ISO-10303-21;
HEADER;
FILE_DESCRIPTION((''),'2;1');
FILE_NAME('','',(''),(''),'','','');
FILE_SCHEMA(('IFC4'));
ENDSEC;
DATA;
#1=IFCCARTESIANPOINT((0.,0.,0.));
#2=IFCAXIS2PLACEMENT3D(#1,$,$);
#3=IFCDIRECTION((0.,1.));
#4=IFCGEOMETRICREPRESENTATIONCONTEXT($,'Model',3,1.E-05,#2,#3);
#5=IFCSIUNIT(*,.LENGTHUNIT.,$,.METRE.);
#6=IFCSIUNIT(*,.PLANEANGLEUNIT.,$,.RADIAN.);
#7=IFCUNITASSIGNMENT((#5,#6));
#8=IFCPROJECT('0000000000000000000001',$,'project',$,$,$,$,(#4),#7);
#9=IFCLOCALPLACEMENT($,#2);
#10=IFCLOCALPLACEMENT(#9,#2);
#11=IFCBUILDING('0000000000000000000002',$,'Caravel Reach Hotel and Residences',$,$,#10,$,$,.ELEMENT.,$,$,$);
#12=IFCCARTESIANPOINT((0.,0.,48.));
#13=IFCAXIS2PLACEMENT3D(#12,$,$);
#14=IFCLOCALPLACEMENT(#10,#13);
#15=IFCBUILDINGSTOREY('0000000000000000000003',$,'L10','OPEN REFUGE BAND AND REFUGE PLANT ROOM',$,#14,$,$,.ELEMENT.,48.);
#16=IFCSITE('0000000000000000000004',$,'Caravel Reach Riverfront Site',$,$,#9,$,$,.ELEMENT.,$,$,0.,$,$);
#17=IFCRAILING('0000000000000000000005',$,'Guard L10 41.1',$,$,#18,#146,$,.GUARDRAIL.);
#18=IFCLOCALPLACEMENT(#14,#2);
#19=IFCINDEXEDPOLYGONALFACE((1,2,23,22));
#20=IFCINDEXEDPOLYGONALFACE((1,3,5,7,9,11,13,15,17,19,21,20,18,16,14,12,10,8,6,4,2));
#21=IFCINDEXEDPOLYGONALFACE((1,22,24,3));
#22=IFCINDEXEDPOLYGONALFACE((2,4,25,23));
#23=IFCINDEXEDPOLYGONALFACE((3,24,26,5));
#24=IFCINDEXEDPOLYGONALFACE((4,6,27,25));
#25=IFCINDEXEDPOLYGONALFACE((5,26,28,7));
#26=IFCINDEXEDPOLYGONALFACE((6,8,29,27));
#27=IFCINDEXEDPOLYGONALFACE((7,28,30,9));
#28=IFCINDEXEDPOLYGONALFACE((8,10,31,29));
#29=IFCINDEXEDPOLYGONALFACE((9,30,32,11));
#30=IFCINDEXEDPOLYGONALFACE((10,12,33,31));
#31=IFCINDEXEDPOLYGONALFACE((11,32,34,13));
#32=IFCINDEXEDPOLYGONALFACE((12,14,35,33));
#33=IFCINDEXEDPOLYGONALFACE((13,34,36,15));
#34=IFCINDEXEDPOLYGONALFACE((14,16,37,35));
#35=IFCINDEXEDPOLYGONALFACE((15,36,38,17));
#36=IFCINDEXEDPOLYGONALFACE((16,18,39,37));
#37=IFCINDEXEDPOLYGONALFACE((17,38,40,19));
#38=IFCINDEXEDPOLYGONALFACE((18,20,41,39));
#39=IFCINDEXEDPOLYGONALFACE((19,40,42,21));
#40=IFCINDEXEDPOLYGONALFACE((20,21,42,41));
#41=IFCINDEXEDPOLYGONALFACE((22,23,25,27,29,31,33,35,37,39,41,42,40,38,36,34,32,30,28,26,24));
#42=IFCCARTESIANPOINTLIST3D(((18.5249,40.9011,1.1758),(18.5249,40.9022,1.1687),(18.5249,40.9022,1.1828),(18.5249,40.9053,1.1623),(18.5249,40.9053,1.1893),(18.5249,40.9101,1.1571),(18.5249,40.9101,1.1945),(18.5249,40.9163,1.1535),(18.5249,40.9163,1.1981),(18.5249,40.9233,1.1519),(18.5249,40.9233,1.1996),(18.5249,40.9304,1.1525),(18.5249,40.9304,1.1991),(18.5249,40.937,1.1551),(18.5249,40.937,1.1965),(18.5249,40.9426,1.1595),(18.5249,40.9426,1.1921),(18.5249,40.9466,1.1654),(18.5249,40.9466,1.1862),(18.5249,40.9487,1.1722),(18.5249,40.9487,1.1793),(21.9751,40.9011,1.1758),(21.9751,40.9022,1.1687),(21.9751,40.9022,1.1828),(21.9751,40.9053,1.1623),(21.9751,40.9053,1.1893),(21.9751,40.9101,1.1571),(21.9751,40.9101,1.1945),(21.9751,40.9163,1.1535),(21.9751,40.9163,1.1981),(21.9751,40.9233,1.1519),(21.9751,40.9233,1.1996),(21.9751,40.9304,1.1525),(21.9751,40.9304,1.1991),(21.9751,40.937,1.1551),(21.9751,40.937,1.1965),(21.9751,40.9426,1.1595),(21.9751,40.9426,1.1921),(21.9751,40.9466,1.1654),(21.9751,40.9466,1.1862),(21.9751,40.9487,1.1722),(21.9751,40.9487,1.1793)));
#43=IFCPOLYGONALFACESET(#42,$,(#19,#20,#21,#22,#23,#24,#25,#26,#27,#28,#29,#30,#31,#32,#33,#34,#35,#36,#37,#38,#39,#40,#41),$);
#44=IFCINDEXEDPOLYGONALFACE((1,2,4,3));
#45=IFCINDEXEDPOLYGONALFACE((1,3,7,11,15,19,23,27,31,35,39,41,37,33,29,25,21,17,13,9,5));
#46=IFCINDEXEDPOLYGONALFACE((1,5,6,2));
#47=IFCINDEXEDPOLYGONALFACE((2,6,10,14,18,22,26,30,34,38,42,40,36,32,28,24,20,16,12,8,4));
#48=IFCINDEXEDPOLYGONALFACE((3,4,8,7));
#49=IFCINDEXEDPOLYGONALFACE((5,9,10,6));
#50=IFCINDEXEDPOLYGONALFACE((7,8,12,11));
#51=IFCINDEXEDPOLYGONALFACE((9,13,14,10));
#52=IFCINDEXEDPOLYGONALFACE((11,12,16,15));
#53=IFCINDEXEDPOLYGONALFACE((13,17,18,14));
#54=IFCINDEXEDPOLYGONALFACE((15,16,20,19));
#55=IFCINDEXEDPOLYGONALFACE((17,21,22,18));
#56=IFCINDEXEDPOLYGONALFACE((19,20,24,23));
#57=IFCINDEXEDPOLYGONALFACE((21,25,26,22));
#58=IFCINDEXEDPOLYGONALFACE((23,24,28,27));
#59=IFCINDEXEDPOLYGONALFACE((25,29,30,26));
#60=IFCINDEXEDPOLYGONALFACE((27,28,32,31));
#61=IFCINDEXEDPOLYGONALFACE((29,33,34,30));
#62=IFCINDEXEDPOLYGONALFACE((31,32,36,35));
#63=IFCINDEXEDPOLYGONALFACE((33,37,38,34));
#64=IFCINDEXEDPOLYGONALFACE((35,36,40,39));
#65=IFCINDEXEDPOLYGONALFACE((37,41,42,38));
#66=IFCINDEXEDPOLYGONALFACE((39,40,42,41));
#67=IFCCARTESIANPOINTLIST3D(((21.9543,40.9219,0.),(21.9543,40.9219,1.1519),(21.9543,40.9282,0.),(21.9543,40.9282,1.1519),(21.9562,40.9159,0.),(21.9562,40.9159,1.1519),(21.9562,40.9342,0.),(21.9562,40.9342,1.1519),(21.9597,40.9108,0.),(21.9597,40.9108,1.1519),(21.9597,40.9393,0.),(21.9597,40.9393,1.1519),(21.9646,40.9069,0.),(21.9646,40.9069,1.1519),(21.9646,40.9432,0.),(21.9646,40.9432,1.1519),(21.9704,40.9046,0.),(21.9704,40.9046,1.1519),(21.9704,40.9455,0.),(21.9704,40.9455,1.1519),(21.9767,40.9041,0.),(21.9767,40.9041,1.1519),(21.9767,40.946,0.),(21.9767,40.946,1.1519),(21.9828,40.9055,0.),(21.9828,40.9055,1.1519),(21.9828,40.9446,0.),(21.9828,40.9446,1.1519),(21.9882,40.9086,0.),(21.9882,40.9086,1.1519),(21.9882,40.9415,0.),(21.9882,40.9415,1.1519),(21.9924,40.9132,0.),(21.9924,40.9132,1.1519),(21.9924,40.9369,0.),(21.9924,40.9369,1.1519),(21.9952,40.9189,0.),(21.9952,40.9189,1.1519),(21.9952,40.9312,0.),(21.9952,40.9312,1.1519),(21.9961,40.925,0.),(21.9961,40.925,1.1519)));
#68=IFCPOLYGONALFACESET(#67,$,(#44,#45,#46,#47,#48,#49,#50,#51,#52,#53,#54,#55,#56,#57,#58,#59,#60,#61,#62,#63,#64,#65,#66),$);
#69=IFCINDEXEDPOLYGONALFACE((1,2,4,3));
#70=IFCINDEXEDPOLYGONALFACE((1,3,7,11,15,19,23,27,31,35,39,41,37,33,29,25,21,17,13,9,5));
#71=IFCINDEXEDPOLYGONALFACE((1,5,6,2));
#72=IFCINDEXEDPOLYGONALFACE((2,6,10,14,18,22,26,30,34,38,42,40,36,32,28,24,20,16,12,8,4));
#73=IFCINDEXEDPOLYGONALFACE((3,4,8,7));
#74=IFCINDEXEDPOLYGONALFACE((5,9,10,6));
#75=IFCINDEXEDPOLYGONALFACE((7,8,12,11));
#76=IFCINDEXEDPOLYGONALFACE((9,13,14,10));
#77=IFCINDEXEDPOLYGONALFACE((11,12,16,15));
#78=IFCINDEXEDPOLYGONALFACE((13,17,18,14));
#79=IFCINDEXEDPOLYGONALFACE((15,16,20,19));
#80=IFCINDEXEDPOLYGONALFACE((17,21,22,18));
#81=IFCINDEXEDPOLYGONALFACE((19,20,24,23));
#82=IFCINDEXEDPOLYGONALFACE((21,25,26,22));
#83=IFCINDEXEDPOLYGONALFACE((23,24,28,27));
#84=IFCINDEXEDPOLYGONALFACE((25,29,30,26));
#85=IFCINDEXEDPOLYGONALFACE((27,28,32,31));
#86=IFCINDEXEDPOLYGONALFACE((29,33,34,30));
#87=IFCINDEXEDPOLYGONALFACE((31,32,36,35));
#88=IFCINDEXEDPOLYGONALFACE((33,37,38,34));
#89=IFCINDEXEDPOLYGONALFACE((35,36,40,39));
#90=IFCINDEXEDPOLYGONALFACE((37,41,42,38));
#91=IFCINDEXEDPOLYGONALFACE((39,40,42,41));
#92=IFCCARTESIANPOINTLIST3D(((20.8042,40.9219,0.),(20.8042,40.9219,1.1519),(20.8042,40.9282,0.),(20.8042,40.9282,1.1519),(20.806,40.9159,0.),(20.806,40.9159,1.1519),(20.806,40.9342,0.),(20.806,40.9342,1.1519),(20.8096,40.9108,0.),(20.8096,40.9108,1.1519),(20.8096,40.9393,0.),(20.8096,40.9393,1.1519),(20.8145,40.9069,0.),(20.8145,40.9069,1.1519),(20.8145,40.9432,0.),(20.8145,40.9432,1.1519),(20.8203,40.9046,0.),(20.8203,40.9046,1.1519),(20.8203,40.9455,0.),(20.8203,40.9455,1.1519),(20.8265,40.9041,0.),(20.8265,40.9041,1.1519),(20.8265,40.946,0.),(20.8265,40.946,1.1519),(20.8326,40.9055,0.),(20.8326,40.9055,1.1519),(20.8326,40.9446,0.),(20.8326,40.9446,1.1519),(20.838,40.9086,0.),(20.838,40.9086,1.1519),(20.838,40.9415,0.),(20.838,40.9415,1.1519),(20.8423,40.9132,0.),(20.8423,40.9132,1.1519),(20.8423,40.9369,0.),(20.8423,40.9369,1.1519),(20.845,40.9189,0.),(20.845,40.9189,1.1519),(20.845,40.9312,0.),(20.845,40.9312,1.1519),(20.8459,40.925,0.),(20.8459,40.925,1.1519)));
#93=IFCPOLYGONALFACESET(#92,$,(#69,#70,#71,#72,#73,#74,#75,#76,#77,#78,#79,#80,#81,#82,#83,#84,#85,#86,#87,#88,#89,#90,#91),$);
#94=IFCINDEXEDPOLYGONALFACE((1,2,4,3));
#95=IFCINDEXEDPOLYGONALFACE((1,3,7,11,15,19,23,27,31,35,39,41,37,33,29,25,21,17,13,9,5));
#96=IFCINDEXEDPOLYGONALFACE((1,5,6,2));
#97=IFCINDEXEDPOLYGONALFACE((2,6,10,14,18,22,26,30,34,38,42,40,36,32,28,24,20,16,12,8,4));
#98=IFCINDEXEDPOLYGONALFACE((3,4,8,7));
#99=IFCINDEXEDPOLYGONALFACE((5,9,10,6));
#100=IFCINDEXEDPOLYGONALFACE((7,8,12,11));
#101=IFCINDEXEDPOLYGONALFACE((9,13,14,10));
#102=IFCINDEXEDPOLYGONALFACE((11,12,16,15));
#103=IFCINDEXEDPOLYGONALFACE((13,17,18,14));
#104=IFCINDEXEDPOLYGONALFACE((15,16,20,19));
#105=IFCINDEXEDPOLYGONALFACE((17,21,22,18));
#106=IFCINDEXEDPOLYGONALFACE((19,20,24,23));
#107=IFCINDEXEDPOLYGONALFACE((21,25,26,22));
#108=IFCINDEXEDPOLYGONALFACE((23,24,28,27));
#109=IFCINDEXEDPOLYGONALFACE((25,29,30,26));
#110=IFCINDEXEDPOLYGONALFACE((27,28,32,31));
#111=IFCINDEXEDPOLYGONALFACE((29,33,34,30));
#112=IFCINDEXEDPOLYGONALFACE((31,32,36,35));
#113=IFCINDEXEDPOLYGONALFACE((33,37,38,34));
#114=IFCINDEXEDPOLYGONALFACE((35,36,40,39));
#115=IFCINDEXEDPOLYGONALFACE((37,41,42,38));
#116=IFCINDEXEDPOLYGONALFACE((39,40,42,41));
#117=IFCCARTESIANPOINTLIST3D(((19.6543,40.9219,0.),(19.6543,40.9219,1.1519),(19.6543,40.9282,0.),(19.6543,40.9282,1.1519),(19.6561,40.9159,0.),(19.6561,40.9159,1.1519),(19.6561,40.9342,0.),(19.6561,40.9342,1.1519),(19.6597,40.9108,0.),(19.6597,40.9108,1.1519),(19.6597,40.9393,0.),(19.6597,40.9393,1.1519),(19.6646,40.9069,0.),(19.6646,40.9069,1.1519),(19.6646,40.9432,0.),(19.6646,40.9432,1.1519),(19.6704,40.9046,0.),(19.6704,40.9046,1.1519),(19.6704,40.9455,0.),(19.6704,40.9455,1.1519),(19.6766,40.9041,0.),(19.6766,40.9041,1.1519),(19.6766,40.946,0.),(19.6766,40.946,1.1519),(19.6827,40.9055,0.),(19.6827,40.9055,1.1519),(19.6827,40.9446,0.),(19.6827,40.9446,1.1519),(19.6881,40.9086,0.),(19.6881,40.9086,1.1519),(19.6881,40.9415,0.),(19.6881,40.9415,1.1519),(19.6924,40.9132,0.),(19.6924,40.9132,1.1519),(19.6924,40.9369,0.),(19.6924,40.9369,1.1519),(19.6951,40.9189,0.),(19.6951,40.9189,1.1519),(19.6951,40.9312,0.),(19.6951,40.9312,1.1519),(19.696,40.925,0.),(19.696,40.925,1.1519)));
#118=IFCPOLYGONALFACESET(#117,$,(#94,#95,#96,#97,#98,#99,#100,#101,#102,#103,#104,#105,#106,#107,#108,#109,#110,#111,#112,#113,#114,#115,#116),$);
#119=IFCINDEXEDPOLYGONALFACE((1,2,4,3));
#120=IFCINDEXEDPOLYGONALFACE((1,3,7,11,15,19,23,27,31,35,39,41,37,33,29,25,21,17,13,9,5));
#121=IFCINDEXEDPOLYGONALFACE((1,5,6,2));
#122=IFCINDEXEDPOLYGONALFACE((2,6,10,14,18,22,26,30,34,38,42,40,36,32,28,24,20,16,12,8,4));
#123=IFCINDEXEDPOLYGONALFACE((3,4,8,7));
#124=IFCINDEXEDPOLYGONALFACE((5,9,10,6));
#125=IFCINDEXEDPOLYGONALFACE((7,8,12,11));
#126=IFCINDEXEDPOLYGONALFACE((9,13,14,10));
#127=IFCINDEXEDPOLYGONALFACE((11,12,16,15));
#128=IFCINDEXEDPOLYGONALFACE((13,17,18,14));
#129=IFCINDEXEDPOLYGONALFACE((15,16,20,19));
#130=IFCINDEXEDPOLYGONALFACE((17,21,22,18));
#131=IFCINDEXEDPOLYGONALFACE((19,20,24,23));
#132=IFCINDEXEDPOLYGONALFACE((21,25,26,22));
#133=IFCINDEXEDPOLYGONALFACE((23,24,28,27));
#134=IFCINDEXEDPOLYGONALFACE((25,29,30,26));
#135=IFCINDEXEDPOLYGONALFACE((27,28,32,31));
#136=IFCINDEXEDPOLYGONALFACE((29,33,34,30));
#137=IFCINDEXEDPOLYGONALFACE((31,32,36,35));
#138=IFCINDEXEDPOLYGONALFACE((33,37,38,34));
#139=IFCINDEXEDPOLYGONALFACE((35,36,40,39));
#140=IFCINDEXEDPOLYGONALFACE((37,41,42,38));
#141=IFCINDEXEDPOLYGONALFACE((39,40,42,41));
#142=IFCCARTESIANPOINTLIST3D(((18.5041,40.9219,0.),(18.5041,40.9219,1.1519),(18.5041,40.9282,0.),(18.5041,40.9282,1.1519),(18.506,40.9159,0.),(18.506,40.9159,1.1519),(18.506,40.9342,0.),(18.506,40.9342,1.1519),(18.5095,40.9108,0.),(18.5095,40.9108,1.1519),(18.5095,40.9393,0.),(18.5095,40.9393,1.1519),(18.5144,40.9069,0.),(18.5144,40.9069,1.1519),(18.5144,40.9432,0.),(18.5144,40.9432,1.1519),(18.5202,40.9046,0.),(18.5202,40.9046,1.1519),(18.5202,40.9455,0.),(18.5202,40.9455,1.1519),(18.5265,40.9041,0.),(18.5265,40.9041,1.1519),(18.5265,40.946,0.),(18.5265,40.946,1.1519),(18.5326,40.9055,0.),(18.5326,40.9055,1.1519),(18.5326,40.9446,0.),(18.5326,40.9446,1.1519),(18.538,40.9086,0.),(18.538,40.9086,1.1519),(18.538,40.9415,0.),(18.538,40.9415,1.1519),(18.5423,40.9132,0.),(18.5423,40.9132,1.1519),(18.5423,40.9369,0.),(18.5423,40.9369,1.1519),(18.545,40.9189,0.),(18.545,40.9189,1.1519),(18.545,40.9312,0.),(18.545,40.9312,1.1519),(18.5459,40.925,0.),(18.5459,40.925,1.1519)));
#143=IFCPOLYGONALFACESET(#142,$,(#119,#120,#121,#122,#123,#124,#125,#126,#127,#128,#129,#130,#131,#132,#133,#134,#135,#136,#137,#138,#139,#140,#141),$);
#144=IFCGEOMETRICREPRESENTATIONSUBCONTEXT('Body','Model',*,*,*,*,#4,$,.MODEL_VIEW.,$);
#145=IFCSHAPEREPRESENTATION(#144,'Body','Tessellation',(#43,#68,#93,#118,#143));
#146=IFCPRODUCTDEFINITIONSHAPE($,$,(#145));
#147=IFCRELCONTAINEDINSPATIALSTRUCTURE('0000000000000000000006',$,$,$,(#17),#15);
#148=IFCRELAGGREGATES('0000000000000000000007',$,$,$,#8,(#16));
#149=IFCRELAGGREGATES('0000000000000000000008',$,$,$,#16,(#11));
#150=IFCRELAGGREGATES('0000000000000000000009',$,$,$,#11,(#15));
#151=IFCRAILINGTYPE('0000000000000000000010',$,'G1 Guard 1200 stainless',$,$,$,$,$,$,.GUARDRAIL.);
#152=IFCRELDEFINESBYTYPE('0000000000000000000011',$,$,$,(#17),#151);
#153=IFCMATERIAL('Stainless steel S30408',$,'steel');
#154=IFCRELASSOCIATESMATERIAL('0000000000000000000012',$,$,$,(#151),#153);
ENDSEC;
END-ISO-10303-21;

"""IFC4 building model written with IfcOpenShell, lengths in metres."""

from ifc_helpers import new_model, si_unit, direction, frame, origin, origin_2d, place, context, subcontext, project, spatial, circle, extrude, material, type_object, element, save


model = new_model("IFC4")

# Units and contexts
model_context = context("Model", 3, precision=1e-05, world=origin(), true_north=direction((0.0, 1.0)))
body_context = subcontext(model_context, "Body", "Model", "MODEL_VIEW")
ifc_project = project(units=[si_unit("LENGTHUNIT", "METRE"), si_unit("PLANEANGLEUNIT", "RADIAN")], contexts=[model_context])

# Site, building, storey
site_placement = place(None, origin())
site = spatial("IfcSite", under=ifc_project, at=site_placement, Name="Caravel Reach Riverfront Site", CompositionType="ELEMENT", RefElevation=0.0)
building_placement = place(site_placement, origin())
building = spatial("IfcBuilding", under=site, at=building_placement, Name="Caravel Reach Hotel and Residences", CompositionType="ELEMENT")
storey_placement = place(building_placement, frame((0.0, 0.0, 48.0)))
storey = spatial("IfcBuildingStorey", under=building, at=storey_placement, Name="L10", Description="OPEN REFUGE BAND AND REFUGE PLANT ROOM", CompositionType="ELEMENT", Elevation=48.0)

# Railing
ifc_material_1 = material(Name="Stainless steel S30408", Category="steel")
railing_type = type_object("IfcRailingType", Name="G1 Guard 1200 stainless", PredefinedType="GUARDRAIL", material=ifc_material_1)
railing_1_placement = place(storey_placement, frame((21.9751, 40.925, 0.0)))
element("IfcRailing", 1, at=railing_1_placement, inside=storey, type_object=railing_type, Name="Guard L10 41.1", PredefinedType="GUARDRAIL", context=body_context, shape_type="SweptSolid", body=[
    extrude(circle(Radius=0.0239, at=origin_2d()), frame((0.0, 0.0, 1.1758), z_axis=(-1.0, 0.0, 0.0), x_axis=(0.0, -1.0, 0.0)), (0.0, 0.0, 1.0), 3.4502),
    extrude(circle(Radius=0.021, at=origin_2d()), origin(), (0.0, 0.0, 1.0), 1.1519),
    extrude(circle(Radius=0.021, at=origin_2d()), frame((-1.1501, 0.0, 0.0)), (0.0, 0.0, 1.0), 1.1519),
    extrude(circle(Radius=0.021, at=origin_2d()), frame((-2.3, 0.0, 0.0)), (0.0, 0.0, 1.0), 1.1519),
    extrude(circle(Radius=0.021, at=origin_2d()), frame((-3.4502, 0.0, 0.0)), (0.0, 0.0, 1.0), 1.1519),
])

save(model, "model.ifc")
